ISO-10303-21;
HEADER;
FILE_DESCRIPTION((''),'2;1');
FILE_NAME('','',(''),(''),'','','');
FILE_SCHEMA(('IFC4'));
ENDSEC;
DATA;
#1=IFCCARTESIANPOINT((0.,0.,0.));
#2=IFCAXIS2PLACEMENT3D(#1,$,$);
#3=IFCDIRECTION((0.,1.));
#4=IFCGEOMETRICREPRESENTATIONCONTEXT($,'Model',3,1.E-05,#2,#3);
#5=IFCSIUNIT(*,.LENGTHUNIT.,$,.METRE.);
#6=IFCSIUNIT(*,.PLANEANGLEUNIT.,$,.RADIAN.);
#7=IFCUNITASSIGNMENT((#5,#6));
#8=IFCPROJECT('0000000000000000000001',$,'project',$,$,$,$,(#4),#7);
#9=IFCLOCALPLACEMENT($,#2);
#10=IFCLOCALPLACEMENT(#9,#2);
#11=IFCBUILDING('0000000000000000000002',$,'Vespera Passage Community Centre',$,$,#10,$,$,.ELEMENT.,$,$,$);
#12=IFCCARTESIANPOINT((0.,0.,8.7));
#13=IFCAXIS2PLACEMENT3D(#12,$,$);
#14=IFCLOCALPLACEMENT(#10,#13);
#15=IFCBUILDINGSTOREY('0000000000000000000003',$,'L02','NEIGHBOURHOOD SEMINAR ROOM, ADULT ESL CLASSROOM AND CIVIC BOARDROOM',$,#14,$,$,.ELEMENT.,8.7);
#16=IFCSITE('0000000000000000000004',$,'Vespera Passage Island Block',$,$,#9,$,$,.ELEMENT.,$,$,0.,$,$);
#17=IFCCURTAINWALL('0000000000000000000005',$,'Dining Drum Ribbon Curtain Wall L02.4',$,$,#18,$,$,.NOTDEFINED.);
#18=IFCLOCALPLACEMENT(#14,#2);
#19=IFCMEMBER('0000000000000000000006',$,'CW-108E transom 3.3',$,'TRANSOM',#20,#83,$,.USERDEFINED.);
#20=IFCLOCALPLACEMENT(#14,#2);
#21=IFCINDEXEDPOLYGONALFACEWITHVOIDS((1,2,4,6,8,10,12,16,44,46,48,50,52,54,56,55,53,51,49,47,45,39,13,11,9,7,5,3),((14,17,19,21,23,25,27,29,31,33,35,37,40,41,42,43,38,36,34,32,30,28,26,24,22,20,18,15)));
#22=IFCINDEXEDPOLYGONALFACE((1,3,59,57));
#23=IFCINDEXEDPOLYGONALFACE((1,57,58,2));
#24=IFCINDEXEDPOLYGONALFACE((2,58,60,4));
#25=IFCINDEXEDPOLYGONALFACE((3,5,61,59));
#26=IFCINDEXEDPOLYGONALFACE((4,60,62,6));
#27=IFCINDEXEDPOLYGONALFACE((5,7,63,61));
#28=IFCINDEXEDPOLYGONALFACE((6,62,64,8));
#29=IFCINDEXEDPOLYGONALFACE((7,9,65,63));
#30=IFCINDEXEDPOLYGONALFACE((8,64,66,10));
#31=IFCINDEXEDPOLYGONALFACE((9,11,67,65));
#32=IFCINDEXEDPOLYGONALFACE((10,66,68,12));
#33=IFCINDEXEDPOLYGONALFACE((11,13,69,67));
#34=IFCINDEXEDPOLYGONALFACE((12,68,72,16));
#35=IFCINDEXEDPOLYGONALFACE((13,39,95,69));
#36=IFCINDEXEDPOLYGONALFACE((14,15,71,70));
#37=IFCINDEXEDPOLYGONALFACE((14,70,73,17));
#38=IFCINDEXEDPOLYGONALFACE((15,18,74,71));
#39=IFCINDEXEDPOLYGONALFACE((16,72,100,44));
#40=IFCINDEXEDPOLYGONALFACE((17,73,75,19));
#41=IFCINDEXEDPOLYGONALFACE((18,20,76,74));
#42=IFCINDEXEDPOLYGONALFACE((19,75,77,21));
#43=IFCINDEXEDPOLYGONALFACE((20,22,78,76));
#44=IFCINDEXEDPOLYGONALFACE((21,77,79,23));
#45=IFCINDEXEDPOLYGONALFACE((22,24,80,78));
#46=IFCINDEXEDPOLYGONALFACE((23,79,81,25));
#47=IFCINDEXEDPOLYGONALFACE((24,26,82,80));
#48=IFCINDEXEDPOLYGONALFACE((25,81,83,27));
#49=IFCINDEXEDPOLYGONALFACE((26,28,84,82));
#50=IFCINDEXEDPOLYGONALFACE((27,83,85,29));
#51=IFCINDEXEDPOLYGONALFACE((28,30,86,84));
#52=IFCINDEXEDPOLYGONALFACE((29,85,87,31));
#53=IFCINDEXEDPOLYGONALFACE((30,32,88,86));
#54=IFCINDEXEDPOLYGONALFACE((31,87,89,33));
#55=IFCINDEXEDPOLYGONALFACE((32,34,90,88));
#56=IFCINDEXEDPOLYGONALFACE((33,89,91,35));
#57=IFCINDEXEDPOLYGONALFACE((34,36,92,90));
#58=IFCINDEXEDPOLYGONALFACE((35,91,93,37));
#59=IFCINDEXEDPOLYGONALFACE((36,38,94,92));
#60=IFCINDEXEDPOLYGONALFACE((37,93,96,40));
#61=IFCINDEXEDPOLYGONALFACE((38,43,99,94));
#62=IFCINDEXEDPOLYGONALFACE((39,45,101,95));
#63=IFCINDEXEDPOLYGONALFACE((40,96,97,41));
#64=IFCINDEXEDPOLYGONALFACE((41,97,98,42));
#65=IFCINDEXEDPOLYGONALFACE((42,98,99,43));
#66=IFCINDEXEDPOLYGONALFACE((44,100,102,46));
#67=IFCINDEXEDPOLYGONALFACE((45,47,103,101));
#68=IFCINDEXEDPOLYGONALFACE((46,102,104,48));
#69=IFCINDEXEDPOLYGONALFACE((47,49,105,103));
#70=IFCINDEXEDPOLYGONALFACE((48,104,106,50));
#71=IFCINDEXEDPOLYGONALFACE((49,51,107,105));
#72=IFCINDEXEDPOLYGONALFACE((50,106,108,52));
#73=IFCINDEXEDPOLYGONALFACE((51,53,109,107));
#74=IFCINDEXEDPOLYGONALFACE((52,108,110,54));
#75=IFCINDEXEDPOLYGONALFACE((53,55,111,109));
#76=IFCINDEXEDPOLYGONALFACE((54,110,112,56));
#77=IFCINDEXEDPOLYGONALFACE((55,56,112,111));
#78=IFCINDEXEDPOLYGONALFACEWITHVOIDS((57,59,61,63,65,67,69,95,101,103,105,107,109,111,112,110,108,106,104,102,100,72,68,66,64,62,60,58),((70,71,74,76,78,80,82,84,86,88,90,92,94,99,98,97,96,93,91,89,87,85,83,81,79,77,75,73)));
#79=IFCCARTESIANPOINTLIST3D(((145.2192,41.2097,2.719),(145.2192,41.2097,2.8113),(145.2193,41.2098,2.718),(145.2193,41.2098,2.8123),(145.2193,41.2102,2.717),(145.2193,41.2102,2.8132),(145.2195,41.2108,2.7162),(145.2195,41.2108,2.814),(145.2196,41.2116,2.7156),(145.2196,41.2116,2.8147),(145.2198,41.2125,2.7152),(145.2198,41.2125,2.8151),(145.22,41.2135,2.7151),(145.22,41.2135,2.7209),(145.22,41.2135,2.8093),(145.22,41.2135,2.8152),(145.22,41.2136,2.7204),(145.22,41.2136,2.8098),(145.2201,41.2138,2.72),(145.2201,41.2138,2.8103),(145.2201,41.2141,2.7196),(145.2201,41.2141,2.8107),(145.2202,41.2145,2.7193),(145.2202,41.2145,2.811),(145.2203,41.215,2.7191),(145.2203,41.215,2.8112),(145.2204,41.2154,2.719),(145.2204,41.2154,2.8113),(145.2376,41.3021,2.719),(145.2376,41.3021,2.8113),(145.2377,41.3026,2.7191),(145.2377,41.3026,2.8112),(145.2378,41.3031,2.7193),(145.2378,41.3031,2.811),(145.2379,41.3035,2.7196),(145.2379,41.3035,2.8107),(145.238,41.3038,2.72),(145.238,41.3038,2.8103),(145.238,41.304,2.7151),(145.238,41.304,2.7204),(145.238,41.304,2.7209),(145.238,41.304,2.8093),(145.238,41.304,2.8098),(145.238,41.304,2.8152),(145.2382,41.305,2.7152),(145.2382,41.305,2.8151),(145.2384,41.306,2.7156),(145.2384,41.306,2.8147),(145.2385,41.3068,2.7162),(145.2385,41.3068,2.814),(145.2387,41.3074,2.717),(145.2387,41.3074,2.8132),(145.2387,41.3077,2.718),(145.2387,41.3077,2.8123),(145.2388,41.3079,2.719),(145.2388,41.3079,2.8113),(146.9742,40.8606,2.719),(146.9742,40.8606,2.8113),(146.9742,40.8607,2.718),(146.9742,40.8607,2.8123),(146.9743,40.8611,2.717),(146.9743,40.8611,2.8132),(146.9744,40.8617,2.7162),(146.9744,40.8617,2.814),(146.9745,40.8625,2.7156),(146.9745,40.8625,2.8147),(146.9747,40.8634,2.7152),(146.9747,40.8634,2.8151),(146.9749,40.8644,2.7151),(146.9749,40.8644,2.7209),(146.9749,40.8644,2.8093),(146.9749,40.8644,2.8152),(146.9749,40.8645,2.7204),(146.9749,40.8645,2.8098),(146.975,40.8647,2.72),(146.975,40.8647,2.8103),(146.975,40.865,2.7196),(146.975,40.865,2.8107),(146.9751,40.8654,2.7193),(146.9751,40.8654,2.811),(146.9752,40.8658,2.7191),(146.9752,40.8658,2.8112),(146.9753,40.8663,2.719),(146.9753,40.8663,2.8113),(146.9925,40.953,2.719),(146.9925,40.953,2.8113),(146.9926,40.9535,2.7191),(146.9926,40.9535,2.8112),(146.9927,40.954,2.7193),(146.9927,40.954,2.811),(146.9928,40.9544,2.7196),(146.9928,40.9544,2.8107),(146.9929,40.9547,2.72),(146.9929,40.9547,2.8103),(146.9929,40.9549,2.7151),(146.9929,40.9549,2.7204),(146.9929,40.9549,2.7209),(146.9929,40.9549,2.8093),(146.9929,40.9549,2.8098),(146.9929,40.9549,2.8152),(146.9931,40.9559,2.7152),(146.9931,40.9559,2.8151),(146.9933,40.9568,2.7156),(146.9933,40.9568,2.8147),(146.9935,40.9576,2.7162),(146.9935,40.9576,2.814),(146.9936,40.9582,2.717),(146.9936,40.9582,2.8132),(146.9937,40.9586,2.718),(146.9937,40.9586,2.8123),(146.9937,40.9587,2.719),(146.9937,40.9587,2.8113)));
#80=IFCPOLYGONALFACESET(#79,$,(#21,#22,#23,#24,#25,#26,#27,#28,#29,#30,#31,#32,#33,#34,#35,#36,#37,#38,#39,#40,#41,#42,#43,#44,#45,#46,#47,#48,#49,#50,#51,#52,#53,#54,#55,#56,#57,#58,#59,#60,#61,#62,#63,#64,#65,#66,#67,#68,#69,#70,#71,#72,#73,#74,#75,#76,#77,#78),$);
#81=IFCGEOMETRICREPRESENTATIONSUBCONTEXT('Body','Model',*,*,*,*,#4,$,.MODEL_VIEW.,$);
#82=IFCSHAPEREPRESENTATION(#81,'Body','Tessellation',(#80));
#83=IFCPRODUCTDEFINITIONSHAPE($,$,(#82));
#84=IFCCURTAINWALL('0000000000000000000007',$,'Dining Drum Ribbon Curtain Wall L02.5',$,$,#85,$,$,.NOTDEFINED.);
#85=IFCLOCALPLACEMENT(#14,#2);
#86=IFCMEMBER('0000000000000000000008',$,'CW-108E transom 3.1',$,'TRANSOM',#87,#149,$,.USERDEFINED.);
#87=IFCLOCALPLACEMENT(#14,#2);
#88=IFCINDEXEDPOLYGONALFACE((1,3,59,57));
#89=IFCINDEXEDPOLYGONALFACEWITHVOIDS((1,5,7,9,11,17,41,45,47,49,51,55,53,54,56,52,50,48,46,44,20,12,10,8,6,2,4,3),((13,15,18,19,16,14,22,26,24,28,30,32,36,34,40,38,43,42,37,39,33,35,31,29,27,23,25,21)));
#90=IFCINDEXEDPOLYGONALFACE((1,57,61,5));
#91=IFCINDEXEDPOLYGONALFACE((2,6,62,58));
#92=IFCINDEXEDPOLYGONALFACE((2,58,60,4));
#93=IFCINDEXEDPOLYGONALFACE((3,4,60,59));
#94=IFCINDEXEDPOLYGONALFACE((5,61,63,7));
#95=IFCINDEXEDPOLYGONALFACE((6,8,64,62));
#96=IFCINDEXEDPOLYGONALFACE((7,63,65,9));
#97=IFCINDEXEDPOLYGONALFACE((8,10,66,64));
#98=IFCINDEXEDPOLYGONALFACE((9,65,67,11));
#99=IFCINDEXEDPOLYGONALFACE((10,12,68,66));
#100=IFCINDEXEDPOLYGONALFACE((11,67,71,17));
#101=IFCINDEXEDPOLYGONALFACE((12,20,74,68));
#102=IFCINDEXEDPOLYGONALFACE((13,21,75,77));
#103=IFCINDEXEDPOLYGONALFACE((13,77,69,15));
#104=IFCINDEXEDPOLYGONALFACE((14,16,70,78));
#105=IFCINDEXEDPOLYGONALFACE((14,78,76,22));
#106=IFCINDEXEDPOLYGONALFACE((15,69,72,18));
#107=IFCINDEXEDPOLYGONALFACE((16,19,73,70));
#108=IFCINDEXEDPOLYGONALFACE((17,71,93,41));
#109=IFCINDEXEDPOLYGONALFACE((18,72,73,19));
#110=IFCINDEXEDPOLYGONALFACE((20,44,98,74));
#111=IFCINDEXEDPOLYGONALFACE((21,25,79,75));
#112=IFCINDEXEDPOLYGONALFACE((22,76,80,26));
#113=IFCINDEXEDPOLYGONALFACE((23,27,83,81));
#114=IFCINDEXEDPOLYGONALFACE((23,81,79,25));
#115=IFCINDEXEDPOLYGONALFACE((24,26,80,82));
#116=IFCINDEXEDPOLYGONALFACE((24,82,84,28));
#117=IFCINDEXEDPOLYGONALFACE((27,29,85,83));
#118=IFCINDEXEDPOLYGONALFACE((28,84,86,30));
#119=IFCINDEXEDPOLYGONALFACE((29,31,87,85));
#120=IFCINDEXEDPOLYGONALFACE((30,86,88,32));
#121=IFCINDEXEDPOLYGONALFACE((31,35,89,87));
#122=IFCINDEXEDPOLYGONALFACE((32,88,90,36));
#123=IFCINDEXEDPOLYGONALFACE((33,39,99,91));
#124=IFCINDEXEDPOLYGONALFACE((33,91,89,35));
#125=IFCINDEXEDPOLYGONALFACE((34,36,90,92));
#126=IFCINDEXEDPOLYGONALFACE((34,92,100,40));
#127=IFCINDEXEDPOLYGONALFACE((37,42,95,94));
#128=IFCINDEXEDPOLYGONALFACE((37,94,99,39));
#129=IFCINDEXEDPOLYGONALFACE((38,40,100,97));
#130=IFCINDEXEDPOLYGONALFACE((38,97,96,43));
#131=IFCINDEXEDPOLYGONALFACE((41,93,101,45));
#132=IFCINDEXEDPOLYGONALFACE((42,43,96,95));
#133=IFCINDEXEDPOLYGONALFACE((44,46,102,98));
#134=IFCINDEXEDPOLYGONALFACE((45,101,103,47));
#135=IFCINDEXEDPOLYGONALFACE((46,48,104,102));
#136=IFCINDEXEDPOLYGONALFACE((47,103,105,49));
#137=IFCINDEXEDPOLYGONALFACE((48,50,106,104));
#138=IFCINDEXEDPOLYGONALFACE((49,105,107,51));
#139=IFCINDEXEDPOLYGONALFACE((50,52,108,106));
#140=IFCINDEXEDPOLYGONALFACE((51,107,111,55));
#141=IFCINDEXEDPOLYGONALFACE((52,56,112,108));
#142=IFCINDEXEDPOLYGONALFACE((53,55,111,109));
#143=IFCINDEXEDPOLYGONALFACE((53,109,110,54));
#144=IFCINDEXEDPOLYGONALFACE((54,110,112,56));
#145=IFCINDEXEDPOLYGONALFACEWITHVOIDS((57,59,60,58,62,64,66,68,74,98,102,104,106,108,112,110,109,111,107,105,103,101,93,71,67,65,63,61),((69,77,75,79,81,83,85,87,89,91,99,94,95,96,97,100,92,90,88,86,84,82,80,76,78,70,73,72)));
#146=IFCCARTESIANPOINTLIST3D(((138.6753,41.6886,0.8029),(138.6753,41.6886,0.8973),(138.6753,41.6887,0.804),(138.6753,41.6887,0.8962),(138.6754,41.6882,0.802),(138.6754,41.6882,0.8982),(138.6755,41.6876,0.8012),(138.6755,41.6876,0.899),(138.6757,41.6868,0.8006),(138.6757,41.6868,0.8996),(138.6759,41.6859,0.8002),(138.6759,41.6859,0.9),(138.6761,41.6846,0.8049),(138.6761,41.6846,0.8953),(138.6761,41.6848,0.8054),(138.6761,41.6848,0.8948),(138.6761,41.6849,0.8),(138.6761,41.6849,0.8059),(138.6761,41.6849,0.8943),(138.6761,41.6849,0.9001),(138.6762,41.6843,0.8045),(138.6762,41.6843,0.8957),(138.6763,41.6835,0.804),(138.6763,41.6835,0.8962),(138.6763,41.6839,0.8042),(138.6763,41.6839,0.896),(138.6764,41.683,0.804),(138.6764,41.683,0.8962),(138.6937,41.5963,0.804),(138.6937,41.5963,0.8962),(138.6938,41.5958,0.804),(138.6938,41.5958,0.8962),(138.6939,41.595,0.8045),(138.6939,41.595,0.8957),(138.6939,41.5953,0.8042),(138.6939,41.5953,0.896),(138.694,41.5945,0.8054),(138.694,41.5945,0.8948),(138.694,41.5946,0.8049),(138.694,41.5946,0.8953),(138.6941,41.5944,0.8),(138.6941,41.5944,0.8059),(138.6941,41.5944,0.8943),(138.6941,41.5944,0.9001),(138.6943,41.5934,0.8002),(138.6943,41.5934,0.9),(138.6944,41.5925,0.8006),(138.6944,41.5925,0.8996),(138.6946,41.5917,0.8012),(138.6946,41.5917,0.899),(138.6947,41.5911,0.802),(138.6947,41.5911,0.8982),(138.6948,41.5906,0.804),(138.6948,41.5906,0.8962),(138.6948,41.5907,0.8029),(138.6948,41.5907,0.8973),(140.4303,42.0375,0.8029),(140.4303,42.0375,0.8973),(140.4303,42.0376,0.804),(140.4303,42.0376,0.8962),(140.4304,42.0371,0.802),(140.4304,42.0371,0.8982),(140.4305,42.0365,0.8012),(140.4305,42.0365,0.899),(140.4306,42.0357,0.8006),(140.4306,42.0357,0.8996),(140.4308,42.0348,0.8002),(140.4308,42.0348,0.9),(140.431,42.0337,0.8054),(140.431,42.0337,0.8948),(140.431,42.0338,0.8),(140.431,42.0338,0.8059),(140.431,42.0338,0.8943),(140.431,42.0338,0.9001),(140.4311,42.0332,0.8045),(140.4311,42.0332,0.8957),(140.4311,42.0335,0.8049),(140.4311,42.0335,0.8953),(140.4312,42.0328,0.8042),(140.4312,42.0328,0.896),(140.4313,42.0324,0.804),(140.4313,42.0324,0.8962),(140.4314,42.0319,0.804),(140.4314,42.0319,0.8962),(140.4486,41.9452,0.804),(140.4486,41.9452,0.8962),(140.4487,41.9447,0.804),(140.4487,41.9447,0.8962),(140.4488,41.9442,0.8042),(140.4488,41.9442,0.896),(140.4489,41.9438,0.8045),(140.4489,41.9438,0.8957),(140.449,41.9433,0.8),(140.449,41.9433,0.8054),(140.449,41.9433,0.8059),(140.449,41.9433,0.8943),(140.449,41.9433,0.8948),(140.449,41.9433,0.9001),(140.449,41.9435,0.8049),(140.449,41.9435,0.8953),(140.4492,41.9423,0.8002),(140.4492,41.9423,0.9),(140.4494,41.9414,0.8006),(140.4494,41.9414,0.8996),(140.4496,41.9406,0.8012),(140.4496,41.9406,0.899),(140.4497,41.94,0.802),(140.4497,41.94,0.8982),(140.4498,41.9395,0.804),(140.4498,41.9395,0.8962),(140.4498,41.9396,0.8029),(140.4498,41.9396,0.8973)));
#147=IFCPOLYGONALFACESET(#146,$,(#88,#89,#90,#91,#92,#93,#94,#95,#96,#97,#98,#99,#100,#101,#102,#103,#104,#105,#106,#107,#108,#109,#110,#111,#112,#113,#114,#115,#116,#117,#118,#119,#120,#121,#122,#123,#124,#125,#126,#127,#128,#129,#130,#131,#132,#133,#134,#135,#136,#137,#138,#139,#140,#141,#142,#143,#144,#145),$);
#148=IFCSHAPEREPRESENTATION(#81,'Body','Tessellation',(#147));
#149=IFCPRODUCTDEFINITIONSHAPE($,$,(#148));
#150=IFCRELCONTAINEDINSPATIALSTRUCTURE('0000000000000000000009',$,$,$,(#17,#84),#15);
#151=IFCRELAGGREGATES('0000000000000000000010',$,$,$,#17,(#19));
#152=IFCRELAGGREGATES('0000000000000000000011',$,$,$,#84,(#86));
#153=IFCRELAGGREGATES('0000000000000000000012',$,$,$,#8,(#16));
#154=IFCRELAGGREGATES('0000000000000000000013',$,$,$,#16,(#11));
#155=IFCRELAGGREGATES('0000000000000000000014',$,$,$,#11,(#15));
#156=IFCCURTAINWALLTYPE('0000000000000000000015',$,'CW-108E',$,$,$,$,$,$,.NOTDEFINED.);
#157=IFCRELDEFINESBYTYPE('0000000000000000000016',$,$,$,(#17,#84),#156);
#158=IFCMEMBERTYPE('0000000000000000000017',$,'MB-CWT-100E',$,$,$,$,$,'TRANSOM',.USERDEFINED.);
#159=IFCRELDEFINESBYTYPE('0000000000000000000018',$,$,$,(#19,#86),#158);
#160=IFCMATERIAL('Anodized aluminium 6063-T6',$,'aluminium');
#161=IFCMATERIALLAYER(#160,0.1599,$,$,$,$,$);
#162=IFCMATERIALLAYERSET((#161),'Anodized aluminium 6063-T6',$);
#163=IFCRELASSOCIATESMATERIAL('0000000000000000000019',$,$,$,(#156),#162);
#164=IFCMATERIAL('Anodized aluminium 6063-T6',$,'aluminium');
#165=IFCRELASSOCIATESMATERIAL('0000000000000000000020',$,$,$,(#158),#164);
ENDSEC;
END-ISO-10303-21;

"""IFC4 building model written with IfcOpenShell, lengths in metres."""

from ifc_helpers import new_model, si_unit, direction, frame, origin, origin_2d, place, context, subcontext, project, spatial, hollow_rectangle, extrude, material, layer, layer_set, material_profile, profile_set, type_object, element, aggregate, save


model = new_model("IFC4")

# Units and contexts
model_context = context("Model", 3, precision=1e-05, world=origin(), true_north=direction((0.0, 1.0)))
body_context = subcontext(model_context, "Body", "Model", "MODEL_VIEW")
ifc_project = project(units=[si_unit("LENGTHUNIT", "METRE"), si_unit("PLANEANGLEUNIT", "RADIAN")], contexts=[model_context])

# Site, building, storey
site_placement = place(None, origin())
site = spatial("IfcSite", under=ifc_project, at=site_placement, Name="Vespera Passage Island Block", CompositionType="ELEMENT", RefElevation=0.0)
building_placement = place(site_placement, origin())
building = spatial("IfcBuilding", under=site, at=building_placement, Name="Vespera Passage Community Centre", CompositionType="ELEMENT")
storey_placement = place(building_placement, frame((0.0, 0.0, 8.7)))
storey = spatial("IfcBuildingStorey", under=building, at=storey_placement, Name="L02", Description="NEIGHBOURHOOD SEMINAR ROOM, ADULT ESL CLASSROOM AND CIVIC BOARDROOM", CompositionType="ELEMENT", Elevation=8.7)

# Curtain wall
ifc_material_1 = material(Name="Anodized aluminium 6063-T6", Category="aluminium")
ifc_layer_1 = layer(ifc_material_1, 0.1599)
ifc_layer_set_1 = layer_set([ifc_layer_1], Name="Anodized aluminium 6063-T6")
curtain_wall_type_1 = type_object("IfcCurtainWallType", Name="CW-108E", PredefinedType="NOTDEFINED", material=ifc_layer_set_1)
curtain_wall_1_placement = place(storey_placement, origin())
curtain_wall_1 = element("IfcCurtainWall", 1, at=curtain_wall_1_placement, inside=storey, type_object=curtain_wall_type_1, Name="Dining Drum Ribbon Curtain Wall L02.4", PredefinedType="NOTDEFINED")

# Member
ifc_material_2 = material(Name="Anodized aluminium 6063-T6", Category="aluminium")
ifc_material_profile_1 = material_profile(ifc_material_2, hollow_rectangle(XDim=0.1001, YDim=0.1001, WallThickness=0.0039, InnerFilletRadius=0.002, OuterFilletRadius=0.0039, at=origin_2d()), Name="ALU100X100X4")
ifc_profile_set_1 = profile_set([ifc_material_profile_1], Name="Anodized aluminium 6063-T6")
member_type_1 = type_object("IfcMemberType", Name="MB-CWT-100E", ElementType="TRANSOM", PredefinedType="USERDEFINED", material=ifc_profile_set_1)
member_1_placement = place(storey_placement, frame((145.229, 41.2588, 2.7651), z_axis=(0.98078, -0.195119, 0.0), x_axis=(0.195119, 0.98078, 0.0)))
member_1 = element("IfcMember", 2, at=member_1_placement, type_object=member_type_1, Name="CW-108E transom 3.3", ObjectType="TRANSOM", PredefinedType="USERDEFINED", context=body_context, shape_type="SweptSolid", body=[
    extrude(hollow_rectangle(XDim=0.1001, YDim=0.1001, WallThickness=0.0039, InnerFilletRadius=0.002, OuterFilletRadius=0.0039, at=origin_2d()), origin(), (0.0, 0.0, 1.0), 1.7893),
])

# Curtain wall, member
curtain_wall_2_placement = place(storey_placement, origin())
curtain_wall_2 = element("IfcCurtainWall", 3, at=curtain_wall_2_placement, inside=storey, type_object=curtain_wall_type_1, Name="Dining Drum Ribbon Curtain Wall L02.5", PredefinedType="NOTDEFINED")
member_2_placement = place(storey_placement, frame((138.6851, 41.6396, 0.8501), z_axis=(0.980806, 0.194988, 0.0), x_axis=(-0.194988, 0.980806, 0.0)))
member_2 = element("IfcMember", 4, at=member_2_placement, type_object=member_type_1, Name="CW-108E transom 3.1", ObjectType="TRANSOM", PredefinedType="USERDEFINED", context=body_context, shape_type="SweptSolid", body=[
    extrude(hollow_rectangle(XDim=0.1001, YDim=0.1001, WallThickness=0.0039, InnerFilletRadius=0.002, OuterFilletRadius=0.0039, at=origin_2d()), origin(), (0.0, 0.0, 1.0), 1.7893),
])

aggregate(curtain_wall_1, [member_1])
aggregate(curtain_wall_2, [member_2])

save(model, "model.ifc")
